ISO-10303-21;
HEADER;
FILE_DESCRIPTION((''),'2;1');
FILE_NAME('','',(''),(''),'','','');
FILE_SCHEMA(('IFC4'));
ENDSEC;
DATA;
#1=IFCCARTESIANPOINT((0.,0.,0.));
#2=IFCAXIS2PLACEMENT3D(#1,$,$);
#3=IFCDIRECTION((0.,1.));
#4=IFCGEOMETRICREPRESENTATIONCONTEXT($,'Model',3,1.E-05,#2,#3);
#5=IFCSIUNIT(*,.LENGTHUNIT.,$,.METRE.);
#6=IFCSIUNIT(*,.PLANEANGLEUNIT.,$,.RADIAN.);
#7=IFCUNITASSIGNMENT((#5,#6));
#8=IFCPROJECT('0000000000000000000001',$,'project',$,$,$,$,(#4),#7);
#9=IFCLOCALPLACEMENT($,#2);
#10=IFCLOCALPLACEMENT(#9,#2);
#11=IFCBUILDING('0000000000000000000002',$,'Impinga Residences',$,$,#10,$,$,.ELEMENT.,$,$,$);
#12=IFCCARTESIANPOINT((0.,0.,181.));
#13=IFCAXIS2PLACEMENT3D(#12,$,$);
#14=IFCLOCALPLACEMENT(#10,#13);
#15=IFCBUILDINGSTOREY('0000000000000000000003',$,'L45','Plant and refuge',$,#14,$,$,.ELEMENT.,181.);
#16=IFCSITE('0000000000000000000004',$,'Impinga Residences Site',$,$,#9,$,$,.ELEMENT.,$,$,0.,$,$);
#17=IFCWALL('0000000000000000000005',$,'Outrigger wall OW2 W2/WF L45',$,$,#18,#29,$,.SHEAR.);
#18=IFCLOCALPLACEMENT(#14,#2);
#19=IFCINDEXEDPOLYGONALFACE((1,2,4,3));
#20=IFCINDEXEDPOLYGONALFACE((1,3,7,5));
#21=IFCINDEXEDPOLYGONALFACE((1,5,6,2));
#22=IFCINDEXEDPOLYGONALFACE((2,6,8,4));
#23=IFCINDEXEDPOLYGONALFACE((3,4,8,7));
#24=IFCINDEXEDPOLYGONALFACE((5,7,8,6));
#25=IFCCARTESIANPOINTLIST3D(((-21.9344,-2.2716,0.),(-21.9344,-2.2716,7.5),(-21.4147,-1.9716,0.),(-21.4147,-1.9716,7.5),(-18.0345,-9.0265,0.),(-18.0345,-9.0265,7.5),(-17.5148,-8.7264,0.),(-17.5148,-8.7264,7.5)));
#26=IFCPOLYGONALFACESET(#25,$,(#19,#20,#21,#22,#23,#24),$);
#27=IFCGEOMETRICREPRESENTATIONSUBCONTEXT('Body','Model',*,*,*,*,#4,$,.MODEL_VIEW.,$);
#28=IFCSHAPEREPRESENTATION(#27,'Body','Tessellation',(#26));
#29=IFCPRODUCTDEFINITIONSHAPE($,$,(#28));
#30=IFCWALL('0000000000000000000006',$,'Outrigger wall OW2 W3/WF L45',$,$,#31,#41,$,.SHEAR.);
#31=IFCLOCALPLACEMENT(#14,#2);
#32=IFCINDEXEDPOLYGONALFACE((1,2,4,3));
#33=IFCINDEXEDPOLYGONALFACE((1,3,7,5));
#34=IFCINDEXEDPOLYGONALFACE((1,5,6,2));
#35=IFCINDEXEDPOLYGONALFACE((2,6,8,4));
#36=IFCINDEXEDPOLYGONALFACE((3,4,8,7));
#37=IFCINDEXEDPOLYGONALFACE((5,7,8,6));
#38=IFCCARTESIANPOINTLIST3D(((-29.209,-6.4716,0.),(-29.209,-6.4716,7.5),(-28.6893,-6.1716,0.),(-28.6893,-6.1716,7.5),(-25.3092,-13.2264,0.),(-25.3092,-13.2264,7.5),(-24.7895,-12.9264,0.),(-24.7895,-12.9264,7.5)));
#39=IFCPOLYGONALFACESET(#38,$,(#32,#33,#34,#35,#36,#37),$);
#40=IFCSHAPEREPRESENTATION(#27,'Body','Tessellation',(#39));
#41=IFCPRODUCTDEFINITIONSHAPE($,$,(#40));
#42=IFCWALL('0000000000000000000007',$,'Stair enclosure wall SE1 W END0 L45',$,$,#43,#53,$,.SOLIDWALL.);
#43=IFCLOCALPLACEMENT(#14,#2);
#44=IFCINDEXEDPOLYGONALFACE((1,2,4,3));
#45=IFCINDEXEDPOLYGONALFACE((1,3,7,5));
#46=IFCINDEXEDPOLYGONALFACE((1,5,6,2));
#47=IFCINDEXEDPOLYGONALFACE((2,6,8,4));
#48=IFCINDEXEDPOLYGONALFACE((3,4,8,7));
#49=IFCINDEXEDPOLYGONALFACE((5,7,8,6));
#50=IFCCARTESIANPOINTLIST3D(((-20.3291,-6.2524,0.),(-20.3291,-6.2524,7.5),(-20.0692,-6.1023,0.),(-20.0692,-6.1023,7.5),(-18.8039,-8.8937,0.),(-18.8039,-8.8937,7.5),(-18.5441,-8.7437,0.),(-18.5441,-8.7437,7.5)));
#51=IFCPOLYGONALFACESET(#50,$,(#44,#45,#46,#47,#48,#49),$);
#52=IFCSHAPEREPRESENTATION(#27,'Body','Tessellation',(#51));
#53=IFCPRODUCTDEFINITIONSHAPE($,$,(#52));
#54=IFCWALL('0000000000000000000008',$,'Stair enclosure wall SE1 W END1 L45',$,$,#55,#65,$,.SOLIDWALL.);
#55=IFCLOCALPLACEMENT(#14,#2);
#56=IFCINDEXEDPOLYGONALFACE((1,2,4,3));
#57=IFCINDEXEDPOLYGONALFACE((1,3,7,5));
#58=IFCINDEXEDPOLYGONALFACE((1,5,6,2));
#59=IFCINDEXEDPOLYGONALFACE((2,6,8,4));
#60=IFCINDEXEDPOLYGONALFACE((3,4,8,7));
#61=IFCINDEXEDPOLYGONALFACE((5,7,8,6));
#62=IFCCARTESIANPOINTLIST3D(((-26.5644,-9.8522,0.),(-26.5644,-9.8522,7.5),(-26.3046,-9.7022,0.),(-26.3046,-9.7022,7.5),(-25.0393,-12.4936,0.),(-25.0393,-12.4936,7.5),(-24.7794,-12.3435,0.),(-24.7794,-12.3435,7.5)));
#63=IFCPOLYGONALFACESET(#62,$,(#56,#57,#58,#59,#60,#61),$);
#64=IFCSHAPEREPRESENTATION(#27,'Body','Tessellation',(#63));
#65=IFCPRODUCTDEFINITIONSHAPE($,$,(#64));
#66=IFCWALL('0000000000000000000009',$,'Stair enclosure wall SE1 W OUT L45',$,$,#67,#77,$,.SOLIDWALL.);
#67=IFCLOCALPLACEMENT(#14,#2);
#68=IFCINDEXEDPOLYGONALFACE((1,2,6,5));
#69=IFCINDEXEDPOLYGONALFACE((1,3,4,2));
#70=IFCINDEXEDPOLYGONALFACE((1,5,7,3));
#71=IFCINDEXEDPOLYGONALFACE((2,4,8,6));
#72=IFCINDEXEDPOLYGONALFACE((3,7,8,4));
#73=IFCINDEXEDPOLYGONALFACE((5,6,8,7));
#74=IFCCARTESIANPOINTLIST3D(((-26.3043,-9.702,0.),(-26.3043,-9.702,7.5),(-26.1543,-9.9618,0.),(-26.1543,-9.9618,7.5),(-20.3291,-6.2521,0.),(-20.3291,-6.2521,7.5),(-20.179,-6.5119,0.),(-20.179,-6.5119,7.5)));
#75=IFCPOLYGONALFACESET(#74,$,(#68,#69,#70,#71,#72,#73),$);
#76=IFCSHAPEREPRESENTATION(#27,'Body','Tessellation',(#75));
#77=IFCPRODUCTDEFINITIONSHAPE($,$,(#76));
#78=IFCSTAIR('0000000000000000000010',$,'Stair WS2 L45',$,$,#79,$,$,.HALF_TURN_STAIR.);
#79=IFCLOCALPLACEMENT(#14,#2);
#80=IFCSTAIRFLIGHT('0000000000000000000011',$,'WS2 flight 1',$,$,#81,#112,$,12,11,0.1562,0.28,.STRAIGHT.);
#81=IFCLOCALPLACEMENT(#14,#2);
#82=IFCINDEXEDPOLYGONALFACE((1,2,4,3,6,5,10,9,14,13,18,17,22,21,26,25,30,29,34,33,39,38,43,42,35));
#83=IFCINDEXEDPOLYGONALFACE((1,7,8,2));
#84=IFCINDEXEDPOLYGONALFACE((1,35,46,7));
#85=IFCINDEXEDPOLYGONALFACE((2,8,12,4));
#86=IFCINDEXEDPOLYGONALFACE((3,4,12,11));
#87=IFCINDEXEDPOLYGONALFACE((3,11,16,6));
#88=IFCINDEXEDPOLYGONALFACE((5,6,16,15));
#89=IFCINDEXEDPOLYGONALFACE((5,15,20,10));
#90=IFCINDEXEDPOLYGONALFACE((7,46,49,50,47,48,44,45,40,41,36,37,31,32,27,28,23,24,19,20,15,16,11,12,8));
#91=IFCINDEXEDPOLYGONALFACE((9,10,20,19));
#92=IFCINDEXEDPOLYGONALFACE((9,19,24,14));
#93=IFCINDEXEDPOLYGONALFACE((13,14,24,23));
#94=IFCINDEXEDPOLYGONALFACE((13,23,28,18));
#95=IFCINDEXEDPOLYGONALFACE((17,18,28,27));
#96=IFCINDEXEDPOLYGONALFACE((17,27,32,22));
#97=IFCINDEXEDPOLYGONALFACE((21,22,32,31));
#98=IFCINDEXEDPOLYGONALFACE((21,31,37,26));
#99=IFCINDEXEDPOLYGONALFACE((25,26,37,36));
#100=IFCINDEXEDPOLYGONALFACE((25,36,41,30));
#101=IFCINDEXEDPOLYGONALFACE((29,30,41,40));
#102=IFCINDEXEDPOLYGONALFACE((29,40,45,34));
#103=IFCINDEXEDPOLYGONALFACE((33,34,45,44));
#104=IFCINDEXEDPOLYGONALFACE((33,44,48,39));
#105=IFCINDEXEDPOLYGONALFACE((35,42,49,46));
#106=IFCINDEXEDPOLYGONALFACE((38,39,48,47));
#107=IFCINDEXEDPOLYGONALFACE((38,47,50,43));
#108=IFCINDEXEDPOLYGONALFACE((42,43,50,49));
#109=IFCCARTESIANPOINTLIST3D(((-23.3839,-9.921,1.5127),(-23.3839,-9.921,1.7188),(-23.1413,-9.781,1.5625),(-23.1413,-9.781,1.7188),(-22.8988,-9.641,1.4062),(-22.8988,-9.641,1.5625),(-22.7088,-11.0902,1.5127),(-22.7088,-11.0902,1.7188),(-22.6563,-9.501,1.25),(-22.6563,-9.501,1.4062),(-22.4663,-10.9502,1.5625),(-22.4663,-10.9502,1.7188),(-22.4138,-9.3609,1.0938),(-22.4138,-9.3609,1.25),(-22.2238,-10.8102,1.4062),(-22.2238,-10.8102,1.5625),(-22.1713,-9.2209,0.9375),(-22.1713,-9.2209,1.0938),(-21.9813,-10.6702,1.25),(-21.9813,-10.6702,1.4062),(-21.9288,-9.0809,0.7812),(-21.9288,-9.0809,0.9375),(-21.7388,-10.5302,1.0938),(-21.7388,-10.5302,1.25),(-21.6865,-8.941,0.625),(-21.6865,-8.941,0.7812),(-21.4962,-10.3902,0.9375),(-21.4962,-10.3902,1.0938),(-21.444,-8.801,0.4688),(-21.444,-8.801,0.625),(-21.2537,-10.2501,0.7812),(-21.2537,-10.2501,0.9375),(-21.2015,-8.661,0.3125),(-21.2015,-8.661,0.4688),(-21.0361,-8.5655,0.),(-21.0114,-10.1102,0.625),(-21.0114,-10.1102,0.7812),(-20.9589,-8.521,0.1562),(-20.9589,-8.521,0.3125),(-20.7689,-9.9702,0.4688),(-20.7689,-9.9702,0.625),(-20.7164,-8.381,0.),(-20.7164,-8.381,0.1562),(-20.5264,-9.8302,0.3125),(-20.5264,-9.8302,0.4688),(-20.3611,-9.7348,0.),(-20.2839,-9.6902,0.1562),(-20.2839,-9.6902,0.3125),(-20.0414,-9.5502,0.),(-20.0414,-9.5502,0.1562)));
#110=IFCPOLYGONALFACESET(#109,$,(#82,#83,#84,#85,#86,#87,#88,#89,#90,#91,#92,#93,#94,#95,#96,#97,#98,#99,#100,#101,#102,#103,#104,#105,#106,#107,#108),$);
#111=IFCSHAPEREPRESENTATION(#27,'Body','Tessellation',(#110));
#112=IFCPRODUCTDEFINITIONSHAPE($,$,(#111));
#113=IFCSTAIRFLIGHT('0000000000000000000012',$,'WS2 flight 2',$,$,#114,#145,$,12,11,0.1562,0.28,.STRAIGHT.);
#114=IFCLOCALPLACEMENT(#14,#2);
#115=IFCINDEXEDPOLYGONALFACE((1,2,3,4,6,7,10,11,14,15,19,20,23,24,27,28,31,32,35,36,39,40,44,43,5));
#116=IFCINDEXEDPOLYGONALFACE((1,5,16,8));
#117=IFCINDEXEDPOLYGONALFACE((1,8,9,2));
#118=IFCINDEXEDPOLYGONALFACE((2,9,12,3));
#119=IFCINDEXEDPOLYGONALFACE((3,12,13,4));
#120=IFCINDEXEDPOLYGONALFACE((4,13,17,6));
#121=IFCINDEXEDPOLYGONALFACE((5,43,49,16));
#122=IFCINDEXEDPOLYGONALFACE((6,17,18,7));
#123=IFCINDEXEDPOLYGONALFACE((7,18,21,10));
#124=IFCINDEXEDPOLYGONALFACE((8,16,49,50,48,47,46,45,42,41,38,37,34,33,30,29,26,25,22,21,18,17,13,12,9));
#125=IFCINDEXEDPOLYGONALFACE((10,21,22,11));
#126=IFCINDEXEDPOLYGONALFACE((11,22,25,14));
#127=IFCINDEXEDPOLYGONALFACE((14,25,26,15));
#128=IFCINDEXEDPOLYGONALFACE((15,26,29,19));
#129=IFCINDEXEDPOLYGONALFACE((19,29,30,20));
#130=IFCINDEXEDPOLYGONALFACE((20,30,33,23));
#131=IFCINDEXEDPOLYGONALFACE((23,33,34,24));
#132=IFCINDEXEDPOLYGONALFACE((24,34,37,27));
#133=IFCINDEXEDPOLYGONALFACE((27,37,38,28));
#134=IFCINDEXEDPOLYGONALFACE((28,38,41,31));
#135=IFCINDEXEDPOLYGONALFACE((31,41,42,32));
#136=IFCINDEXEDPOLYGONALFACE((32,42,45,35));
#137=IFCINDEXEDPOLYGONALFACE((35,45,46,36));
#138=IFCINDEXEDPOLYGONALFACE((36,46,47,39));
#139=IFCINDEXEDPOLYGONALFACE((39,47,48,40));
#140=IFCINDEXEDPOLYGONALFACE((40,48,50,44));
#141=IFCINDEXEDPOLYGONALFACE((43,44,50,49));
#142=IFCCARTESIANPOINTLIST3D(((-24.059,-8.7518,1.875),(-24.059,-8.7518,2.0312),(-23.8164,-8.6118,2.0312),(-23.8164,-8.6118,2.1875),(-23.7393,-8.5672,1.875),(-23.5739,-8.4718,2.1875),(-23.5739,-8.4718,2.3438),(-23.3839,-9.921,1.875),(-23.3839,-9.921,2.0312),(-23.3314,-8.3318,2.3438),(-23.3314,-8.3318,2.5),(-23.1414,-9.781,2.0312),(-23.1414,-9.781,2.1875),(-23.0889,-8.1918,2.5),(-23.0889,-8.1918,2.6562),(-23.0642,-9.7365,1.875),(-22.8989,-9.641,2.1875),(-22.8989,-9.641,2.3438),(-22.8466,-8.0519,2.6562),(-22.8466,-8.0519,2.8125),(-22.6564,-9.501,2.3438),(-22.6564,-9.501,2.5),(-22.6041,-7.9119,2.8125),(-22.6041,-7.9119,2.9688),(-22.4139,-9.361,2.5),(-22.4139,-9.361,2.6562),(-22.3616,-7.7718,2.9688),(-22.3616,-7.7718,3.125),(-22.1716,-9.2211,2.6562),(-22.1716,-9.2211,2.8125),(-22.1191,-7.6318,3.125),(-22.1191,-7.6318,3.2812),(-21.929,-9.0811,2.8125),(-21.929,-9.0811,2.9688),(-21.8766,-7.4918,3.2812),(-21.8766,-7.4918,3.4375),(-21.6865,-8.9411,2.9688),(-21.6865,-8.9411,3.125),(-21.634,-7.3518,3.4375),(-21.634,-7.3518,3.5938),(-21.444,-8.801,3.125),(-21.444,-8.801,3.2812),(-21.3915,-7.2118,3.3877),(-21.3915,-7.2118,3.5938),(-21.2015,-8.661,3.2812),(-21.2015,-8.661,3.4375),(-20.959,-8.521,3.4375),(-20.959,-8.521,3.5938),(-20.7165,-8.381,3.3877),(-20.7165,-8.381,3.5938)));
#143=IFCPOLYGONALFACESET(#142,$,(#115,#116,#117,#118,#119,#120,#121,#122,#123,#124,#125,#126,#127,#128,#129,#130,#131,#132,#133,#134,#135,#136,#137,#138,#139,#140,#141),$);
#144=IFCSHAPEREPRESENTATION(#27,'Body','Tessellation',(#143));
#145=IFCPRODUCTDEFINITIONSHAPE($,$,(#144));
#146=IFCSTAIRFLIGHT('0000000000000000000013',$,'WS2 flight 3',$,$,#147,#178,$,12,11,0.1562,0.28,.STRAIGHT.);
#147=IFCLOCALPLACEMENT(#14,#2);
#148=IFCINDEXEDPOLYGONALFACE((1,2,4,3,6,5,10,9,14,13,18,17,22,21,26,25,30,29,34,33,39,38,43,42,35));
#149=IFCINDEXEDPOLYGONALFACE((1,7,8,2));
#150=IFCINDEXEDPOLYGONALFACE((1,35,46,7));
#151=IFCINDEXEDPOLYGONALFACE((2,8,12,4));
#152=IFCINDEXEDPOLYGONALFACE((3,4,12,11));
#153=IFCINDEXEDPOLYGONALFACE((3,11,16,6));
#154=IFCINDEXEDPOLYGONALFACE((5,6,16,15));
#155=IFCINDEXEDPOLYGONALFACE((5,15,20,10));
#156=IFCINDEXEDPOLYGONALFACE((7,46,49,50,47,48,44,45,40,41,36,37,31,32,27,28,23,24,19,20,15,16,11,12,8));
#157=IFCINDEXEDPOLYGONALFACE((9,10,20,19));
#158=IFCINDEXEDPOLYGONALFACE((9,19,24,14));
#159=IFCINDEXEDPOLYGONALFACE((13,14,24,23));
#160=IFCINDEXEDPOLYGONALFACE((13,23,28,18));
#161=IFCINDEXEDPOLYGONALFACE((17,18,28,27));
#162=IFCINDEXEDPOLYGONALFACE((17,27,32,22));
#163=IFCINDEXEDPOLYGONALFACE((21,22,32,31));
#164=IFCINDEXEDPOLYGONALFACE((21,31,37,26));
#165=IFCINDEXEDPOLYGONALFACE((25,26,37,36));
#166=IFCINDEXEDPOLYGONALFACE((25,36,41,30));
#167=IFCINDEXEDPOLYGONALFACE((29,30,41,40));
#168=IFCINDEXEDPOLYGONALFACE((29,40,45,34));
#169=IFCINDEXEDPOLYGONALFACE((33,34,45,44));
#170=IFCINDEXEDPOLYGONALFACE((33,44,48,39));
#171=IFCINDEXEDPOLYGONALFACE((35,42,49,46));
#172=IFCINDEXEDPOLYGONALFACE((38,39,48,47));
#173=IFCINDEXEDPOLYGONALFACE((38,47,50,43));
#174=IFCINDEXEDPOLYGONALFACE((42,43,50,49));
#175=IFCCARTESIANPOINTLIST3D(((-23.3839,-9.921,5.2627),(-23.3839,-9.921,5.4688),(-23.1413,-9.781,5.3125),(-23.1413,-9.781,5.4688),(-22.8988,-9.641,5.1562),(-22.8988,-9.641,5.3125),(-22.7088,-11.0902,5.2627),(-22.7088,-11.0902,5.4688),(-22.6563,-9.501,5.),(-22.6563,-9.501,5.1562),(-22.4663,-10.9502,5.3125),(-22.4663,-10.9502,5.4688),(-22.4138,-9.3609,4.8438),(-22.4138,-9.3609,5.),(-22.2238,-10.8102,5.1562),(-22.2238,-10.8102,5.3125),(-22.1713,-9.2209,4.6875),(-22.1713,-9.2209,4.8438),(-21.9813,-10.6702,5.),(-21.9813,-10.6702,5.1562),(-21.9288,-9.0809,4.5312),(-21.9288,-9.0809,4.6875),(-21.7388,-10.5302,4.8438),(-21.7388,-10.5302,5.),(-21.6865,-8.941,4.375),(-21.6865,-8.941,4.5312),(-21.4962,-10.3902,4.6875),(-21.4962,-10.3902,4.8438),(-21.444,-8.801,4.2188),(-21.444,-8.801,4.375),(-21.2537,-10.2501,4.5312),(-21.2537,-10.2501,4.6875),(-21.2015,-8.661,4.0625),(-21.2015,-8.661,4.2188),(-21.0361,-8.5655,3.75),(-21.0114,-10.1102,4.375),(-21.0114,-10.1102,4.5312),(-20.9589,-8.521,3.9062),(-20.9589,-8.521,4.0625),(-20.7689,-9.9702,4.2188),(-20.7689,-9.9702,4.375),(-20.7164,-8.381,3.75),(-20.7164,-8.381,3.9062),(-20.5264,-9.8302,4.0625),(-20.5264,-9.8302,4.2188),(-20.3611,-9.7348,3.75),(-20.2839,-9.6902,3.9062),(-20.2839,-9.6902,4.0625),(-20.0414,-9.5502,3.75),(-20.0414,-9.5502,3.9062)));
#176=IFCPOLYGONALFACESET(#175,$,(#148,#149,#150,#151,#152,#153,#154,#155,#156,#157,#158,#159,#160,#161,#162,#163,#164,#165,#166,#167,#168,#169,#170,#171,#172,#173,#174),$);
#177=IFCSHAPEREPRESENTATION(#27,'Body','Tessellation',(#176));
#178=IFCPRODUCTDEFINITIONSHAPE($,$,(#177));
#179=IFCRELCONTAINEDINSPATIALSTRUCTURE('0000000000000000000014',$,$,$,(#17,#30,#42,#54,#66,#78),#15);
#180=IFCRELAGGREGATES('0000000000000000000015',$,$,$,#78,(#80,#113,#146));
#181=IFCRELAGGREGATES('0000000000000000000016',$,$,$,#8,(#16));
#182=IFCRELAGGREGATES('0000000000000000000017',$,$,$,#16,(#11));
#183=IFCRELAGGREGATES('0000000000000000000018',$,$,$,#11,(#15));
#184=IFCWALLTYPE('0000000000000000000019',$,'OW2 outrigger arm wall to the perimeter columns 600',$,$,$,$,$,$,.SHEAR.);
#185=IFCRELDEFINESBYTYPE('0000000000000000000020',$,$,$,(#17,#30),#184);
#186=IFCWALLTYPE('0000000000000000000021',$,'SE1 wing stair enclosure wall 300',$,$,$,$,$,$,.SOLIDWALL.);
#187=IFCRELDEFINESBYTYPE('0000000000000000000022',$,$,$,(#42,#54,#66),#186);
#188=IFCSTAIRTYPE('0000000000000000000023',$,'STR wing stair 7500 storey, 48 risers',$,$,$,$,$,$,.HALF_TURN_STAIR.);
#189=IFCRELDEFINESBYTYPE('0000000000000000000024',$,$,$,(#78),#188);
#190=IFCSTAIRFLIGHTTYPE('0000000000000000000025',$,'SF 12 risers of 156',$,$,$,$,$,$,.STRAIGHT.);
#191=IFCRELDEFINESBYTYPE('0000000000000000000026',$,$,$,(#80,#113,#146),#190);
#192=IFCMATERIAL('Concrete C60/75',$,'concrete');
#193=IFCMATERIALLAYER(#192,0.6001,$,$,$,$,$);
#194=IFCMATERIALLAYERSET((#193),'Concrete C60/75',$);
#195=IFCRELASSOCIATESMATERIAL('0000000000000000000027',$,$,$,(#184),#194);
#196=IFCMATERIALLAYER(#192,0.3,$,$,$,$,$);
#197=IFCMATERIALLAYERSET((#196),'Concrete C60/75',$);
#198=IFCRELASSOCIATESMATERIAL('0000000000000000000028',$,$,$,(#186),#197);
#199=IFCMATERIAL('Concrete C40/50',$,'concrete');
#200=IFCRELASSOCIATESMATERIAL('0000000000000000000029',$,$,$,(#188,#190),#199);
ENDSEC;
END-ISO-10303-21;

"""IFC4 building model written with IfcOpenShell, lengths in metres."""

from ifc_helpers import new_model, si_unit, direction, frame, frame_2d, origin, place, context, subcontext, project, spatial, polyline, rectangle, outline, extrude, material, layer, layer_set, type_object, element, aggregate, save


model = new_model("IFC4")

# Units and contexts
model_context = context("Model", 3, precision=1e-05, world=origin(), true_north=direction((0.0, 1.0)))
body_context = subcontext(model_context, "Body", "Model", "MODEL_VIEW")
ifc_project = project(units=[si_unit("LENGTHUNIT", "METRE"), si_unit("PLANEANGLEUNIT", "RADIAN")], contexts=[model_context])

# Site, building, storey
site_placement = place(None, origin())
site = spatial("IfcSite", under=ifc_project, at=site_placement, Name="Impinga Residences Site", CompositionType="ELEMENT", RefElevation=0.0)
building_placement = place(site_placement, origin())
building = spatial("IfcBuilding", under=site, at=building_placement, Name="Impinga Residences", CompositionType="ELEMENT")
storey_placement = place(building_placement, frame((0.0, 0.0, 181.0)))
storey = spatial("IfcBuildingStorey", under=building, at=storey_placement, Name="L45", Description="Plant and refuge", CompositionType="ELEMENT", Elevation=181.0)

# Shared definitions
ifc_material_1 = material(Name="Concrete C60/75", Category="concrete")

# Walls
ifc_layer_1 = layer(ifc_material_1, 0.6001)
ifc_layer_set_1 = layer_set([ifc_layer_1], Name="Concrete C60/75")
wall_type_1 = type_object("IfcWallType", Name="OW2 outrigger arm wall to the perimeter columns 600", PredefinedType="SHEAR", material=ifc_layer_set_1)
for number, where, z_axis, x_axis, name in (
    (1, (-17.7747, -8.8765, 0.0), (0.0, 0.0, 1.0), (-0.499997, 0.866027, 0.0), "Outrigger wall OW2 W2/WF L45"),
    (2, (-25.0493, -13.0764, 0.0), (0.0, 0.0, 1.0), (-0.499997, 0.866027, 0.0), "Outrigger wall OW2 W3/WF L45"),
):
    element("IfcWall", number, at=place(storey_placement, frame(where, z_axis=z_axis, x_axis=x_axis)), inside=storey, type_object=wall_type_1, Name=name, PredefinedType="SHEAR", context=body_context, shape_type="SweptSolid", body=[
        extrude(rectangle(XDim=7.7998, YDim=0.6001, at=frame_2d((3.8999, 0.0))), origin(), (0.0, 0.0, 1.0), 7.5),
    ])
ifc_layer_2 = layer(ifc_material_1, 0.3)
ifc_layer_set_2 = layer_set([ifc_layer_2], Name="Concrete C60/75")
wall_type_2 = type_object("IfcWallType", Name="SE1 wing stair enclosure wall 300", PredefinedType="SOLIDWALL", material=ifc_layer_set_2)
for number, where, z_axis, x_axis, name in (
    (3, (-18.6741, -8.8186, 0.0), (0.0, 0.0, 1.0), (-0.500039, 0.866003, 0.0), "Stair enclosure wall SE1 W END0 L45"),
    (4, (-24.9094, -12.4185, 0.0), (0.0, 0.0, 1.0), (-0.500039, 0.866003, 0.0), "Stair enclosure wall SE1 W END1 L45"),
):
    element("IfcWall", number, at=place(storey_placement, frame(where, z_axis=z_axis, x_axis=x_axis)), inside=storey, type_object=wall_type_2, Name=name, PredefinedType="SOLIDWALL", context=body_context, shape_type="SweptSolid", body=[
        extrude(rectangle(XDim=3.05, YDim=0.3, at=frame_2d((1.5249, 0.0))), origin(), (0.0, 0.0, 1.0), 7.5),
    ])
wall_1_placement = place(storey_placement, frame((-20.2542, -6.3821, 0.0), z_axis=(0.0, 0.0, 1.0), x_axis=(-0.86602, -0.500009, 0.0)))
element("IfcWall", 5, at=wall_1_placement, inside=storey, type_object=wall_type_2, Name="Stair enclosure wall SE1 W OUT L45", PredefinedType="SOLIDWALL", context=body_context, shape_type="SweptSolid", body=[
    extrude(rectangle(XDim=6.8997, YDim=0.3, at=frame_2d((3.4497, 0.0))), origin(), (0.0, 0.0, 1.0), 7.5),
])

# Stair, stair flights
ifc_material_2 = material(Name="Concrete C40/50", Category="concrete")
stair_type = type_object("IfcStairType", Name="STR wing stair 7500 storey, 48 risers", PredefinedType="HALF_TURN_STAIR", material=ifc_material_2)
stair_placement = place(storey_placement, origin())
stair = element("IfcStair", 6, at=stair_placement, inside=storey, type_object=stair_type, Name="Stair WS2 L45", PredefinedType="HALF_TURN_STAIR")
stair_flight_type = type_object("IfcStairFlightType", Name="SF 12 risers of 156", PredefinedType="STRAIGHT", material=ifc_material_2)
stair_flight_1_placement = place(storey_placement, frame((-20.3789, -8.9656, 0.0), z_axis=(0.0, 0.0, 1.0), x_axis=(-0.866025, -0.5, 0.0)))
stair_flight_1 = element("IfcStairFlight", 7, at=stair_flight_1_placement, type_object=stair_flight_type, Name="WS2 flight 1", NumberOfRisers=12, NumberOfTreads=11, PredefinedType="STRAIGHT", RiserHeight=0.1562, TreadLength=0.28, context=body_context, shape_type="SweptSolid", body=[
    extrude(outline(polyline([(0.0, 0.0), (0.0, 0.1562), (0.28, 0.1562), (0.28, 0.3125), (0.5601, 0.3125), (0.5601, 0.4688), (0.8401, 0.4688), (0.8401, 0.625), (1.1201, 0.625), (1.1201, 0.7812), (1.3999, 0.7812), (1.3999, 0.9375), (1.6799, 0.9375), (1.6799, 1.0938), (1.96, 1.0938), (1.96, 1.25), (2.24, 1.25), (2.24, 1.4062), (2.52, 1.4062), (2.52, 1.5625), (2.8, 1.5625), (2.8, 1.7188), (3.0801, 1.7188), (3.0801, 1.875), (3.0801, 1.5127), (0.3691, 0.0), (0.0, 0.0)])), frame((0.0, 0.675, 0.0), z_axis=(0.0, -1.0, 0.0), x_axis=(1.0, 0.0, 0.0)), (0.0, 0.0, 1.0), 1.3501),
])
stair_flight_2_placement = place(storey_placement, frame((-23.7214, -9.3364, 1.875), z_axis=(0.0, 0.0, 1.0), x_axis=(0.866025, 0.5, 0.0)))
stair_flight_2 = element("IfcStairFlight", 8, at=stair_flight_2_placement, type_object=stair_flight_type, Name="WS2 flight 2", NumberOfRisers=12, NumberOfTreads=11, PredefinedType="STRAIGHT", RiserHeight=0.1562, TreadLength=0.28, context=body_context, shape_type="SweptSolid", body=[
    extrude(outline(polyline([(0.0, 0.0), (0.0, 0.1562), (0.28, 0.1562), (0.28, 0.3125), (0.5601, 0.3125), (0.5601, 0.4688), (0.8401, 0.4688), (0.8401, 0.625), (1.1201, 0.625), (1.1201, 0.7812), (1.3999, 0.7812), (1.3999, 0.9375), (1.6799, 0.9375), (1.6799, 1.0938), (1.96, 1.0938), (1.96, 1.25), (2.24, 1.25), (2.24, 1.4062), (2.52, 1.4062), (2.52, 1.5625), (2.8, 1.5625), (2.8, 1.7188), (3.0801, 1.7188), (3.0801, 1.875), (3.0801, 1.5127), (0.3691, 0.0), (0.0, 0.0)])), frame((0.0, 0.675, 0.0), z_axis=(0.0, -1.0, 0.0), x_axis=(1.0, 0.0, 0.0)), (0.0, 0.0, 1.0), 1.3501),
])
stair_flight_3_placement = place(storey_placement, frame((-20.3789, -8.9656, 3.75), z_axis=(0.0, 0.0, 1.0), x_axis=(-0.866025, -0.5, 0.0)))
stair_flight_3 = element("IfcStairFlight", 9, at=stair_flight_3_placement, type_object=stair_flight_type, Name="WS2 flight 3", NumberOfRisers=12, NumberOfTreads=11, PredefinedType="STRAIGHT", RiserHeight=0.1562, TreadLength=0.28, context=body_context, shape_type="SweptSolid", body=[
    extrude(outline(polyline([(0.0, 0.0), (0.0, 0.1562), (0.28, 0.1562), (0.28, 0.3125), (0.5601, 0.3125), (0.5601, 0.4688), (0.8401, 0.4688), (0.8401, 0.625), (1.1201, 0.625), (1.1201, 0.7812), (1.3999, 0.7812), (1.3999, 0.9375), (1.6799, 0.9375), (1.6799, 1.0938), (1.96, 1.0938), (1.96, 1.25), (2.24, 1.25), (2.24, 1.4062), (2.52, 1.4062), (2.52, 1.5625), (2.8, 1.5625), (2.8, 1.7188), (3.0801, 1.7188), (3.0801, 1.875), (3.0801, 1.5127), (0.3691, 0.0), (0.0, 0.0)])), frame((0.0, 0.675, 0.0), z_axis=(0.0, -1.0, 0.0), x_axis=(1.0, 0.0, 0.0)), (0.0, 0.0, 1.0), 1.3501),
])
aggregate(stair, [stair_flight_1, stair_flight_2, stair_flight_3])

save(model, "model.ifc")
